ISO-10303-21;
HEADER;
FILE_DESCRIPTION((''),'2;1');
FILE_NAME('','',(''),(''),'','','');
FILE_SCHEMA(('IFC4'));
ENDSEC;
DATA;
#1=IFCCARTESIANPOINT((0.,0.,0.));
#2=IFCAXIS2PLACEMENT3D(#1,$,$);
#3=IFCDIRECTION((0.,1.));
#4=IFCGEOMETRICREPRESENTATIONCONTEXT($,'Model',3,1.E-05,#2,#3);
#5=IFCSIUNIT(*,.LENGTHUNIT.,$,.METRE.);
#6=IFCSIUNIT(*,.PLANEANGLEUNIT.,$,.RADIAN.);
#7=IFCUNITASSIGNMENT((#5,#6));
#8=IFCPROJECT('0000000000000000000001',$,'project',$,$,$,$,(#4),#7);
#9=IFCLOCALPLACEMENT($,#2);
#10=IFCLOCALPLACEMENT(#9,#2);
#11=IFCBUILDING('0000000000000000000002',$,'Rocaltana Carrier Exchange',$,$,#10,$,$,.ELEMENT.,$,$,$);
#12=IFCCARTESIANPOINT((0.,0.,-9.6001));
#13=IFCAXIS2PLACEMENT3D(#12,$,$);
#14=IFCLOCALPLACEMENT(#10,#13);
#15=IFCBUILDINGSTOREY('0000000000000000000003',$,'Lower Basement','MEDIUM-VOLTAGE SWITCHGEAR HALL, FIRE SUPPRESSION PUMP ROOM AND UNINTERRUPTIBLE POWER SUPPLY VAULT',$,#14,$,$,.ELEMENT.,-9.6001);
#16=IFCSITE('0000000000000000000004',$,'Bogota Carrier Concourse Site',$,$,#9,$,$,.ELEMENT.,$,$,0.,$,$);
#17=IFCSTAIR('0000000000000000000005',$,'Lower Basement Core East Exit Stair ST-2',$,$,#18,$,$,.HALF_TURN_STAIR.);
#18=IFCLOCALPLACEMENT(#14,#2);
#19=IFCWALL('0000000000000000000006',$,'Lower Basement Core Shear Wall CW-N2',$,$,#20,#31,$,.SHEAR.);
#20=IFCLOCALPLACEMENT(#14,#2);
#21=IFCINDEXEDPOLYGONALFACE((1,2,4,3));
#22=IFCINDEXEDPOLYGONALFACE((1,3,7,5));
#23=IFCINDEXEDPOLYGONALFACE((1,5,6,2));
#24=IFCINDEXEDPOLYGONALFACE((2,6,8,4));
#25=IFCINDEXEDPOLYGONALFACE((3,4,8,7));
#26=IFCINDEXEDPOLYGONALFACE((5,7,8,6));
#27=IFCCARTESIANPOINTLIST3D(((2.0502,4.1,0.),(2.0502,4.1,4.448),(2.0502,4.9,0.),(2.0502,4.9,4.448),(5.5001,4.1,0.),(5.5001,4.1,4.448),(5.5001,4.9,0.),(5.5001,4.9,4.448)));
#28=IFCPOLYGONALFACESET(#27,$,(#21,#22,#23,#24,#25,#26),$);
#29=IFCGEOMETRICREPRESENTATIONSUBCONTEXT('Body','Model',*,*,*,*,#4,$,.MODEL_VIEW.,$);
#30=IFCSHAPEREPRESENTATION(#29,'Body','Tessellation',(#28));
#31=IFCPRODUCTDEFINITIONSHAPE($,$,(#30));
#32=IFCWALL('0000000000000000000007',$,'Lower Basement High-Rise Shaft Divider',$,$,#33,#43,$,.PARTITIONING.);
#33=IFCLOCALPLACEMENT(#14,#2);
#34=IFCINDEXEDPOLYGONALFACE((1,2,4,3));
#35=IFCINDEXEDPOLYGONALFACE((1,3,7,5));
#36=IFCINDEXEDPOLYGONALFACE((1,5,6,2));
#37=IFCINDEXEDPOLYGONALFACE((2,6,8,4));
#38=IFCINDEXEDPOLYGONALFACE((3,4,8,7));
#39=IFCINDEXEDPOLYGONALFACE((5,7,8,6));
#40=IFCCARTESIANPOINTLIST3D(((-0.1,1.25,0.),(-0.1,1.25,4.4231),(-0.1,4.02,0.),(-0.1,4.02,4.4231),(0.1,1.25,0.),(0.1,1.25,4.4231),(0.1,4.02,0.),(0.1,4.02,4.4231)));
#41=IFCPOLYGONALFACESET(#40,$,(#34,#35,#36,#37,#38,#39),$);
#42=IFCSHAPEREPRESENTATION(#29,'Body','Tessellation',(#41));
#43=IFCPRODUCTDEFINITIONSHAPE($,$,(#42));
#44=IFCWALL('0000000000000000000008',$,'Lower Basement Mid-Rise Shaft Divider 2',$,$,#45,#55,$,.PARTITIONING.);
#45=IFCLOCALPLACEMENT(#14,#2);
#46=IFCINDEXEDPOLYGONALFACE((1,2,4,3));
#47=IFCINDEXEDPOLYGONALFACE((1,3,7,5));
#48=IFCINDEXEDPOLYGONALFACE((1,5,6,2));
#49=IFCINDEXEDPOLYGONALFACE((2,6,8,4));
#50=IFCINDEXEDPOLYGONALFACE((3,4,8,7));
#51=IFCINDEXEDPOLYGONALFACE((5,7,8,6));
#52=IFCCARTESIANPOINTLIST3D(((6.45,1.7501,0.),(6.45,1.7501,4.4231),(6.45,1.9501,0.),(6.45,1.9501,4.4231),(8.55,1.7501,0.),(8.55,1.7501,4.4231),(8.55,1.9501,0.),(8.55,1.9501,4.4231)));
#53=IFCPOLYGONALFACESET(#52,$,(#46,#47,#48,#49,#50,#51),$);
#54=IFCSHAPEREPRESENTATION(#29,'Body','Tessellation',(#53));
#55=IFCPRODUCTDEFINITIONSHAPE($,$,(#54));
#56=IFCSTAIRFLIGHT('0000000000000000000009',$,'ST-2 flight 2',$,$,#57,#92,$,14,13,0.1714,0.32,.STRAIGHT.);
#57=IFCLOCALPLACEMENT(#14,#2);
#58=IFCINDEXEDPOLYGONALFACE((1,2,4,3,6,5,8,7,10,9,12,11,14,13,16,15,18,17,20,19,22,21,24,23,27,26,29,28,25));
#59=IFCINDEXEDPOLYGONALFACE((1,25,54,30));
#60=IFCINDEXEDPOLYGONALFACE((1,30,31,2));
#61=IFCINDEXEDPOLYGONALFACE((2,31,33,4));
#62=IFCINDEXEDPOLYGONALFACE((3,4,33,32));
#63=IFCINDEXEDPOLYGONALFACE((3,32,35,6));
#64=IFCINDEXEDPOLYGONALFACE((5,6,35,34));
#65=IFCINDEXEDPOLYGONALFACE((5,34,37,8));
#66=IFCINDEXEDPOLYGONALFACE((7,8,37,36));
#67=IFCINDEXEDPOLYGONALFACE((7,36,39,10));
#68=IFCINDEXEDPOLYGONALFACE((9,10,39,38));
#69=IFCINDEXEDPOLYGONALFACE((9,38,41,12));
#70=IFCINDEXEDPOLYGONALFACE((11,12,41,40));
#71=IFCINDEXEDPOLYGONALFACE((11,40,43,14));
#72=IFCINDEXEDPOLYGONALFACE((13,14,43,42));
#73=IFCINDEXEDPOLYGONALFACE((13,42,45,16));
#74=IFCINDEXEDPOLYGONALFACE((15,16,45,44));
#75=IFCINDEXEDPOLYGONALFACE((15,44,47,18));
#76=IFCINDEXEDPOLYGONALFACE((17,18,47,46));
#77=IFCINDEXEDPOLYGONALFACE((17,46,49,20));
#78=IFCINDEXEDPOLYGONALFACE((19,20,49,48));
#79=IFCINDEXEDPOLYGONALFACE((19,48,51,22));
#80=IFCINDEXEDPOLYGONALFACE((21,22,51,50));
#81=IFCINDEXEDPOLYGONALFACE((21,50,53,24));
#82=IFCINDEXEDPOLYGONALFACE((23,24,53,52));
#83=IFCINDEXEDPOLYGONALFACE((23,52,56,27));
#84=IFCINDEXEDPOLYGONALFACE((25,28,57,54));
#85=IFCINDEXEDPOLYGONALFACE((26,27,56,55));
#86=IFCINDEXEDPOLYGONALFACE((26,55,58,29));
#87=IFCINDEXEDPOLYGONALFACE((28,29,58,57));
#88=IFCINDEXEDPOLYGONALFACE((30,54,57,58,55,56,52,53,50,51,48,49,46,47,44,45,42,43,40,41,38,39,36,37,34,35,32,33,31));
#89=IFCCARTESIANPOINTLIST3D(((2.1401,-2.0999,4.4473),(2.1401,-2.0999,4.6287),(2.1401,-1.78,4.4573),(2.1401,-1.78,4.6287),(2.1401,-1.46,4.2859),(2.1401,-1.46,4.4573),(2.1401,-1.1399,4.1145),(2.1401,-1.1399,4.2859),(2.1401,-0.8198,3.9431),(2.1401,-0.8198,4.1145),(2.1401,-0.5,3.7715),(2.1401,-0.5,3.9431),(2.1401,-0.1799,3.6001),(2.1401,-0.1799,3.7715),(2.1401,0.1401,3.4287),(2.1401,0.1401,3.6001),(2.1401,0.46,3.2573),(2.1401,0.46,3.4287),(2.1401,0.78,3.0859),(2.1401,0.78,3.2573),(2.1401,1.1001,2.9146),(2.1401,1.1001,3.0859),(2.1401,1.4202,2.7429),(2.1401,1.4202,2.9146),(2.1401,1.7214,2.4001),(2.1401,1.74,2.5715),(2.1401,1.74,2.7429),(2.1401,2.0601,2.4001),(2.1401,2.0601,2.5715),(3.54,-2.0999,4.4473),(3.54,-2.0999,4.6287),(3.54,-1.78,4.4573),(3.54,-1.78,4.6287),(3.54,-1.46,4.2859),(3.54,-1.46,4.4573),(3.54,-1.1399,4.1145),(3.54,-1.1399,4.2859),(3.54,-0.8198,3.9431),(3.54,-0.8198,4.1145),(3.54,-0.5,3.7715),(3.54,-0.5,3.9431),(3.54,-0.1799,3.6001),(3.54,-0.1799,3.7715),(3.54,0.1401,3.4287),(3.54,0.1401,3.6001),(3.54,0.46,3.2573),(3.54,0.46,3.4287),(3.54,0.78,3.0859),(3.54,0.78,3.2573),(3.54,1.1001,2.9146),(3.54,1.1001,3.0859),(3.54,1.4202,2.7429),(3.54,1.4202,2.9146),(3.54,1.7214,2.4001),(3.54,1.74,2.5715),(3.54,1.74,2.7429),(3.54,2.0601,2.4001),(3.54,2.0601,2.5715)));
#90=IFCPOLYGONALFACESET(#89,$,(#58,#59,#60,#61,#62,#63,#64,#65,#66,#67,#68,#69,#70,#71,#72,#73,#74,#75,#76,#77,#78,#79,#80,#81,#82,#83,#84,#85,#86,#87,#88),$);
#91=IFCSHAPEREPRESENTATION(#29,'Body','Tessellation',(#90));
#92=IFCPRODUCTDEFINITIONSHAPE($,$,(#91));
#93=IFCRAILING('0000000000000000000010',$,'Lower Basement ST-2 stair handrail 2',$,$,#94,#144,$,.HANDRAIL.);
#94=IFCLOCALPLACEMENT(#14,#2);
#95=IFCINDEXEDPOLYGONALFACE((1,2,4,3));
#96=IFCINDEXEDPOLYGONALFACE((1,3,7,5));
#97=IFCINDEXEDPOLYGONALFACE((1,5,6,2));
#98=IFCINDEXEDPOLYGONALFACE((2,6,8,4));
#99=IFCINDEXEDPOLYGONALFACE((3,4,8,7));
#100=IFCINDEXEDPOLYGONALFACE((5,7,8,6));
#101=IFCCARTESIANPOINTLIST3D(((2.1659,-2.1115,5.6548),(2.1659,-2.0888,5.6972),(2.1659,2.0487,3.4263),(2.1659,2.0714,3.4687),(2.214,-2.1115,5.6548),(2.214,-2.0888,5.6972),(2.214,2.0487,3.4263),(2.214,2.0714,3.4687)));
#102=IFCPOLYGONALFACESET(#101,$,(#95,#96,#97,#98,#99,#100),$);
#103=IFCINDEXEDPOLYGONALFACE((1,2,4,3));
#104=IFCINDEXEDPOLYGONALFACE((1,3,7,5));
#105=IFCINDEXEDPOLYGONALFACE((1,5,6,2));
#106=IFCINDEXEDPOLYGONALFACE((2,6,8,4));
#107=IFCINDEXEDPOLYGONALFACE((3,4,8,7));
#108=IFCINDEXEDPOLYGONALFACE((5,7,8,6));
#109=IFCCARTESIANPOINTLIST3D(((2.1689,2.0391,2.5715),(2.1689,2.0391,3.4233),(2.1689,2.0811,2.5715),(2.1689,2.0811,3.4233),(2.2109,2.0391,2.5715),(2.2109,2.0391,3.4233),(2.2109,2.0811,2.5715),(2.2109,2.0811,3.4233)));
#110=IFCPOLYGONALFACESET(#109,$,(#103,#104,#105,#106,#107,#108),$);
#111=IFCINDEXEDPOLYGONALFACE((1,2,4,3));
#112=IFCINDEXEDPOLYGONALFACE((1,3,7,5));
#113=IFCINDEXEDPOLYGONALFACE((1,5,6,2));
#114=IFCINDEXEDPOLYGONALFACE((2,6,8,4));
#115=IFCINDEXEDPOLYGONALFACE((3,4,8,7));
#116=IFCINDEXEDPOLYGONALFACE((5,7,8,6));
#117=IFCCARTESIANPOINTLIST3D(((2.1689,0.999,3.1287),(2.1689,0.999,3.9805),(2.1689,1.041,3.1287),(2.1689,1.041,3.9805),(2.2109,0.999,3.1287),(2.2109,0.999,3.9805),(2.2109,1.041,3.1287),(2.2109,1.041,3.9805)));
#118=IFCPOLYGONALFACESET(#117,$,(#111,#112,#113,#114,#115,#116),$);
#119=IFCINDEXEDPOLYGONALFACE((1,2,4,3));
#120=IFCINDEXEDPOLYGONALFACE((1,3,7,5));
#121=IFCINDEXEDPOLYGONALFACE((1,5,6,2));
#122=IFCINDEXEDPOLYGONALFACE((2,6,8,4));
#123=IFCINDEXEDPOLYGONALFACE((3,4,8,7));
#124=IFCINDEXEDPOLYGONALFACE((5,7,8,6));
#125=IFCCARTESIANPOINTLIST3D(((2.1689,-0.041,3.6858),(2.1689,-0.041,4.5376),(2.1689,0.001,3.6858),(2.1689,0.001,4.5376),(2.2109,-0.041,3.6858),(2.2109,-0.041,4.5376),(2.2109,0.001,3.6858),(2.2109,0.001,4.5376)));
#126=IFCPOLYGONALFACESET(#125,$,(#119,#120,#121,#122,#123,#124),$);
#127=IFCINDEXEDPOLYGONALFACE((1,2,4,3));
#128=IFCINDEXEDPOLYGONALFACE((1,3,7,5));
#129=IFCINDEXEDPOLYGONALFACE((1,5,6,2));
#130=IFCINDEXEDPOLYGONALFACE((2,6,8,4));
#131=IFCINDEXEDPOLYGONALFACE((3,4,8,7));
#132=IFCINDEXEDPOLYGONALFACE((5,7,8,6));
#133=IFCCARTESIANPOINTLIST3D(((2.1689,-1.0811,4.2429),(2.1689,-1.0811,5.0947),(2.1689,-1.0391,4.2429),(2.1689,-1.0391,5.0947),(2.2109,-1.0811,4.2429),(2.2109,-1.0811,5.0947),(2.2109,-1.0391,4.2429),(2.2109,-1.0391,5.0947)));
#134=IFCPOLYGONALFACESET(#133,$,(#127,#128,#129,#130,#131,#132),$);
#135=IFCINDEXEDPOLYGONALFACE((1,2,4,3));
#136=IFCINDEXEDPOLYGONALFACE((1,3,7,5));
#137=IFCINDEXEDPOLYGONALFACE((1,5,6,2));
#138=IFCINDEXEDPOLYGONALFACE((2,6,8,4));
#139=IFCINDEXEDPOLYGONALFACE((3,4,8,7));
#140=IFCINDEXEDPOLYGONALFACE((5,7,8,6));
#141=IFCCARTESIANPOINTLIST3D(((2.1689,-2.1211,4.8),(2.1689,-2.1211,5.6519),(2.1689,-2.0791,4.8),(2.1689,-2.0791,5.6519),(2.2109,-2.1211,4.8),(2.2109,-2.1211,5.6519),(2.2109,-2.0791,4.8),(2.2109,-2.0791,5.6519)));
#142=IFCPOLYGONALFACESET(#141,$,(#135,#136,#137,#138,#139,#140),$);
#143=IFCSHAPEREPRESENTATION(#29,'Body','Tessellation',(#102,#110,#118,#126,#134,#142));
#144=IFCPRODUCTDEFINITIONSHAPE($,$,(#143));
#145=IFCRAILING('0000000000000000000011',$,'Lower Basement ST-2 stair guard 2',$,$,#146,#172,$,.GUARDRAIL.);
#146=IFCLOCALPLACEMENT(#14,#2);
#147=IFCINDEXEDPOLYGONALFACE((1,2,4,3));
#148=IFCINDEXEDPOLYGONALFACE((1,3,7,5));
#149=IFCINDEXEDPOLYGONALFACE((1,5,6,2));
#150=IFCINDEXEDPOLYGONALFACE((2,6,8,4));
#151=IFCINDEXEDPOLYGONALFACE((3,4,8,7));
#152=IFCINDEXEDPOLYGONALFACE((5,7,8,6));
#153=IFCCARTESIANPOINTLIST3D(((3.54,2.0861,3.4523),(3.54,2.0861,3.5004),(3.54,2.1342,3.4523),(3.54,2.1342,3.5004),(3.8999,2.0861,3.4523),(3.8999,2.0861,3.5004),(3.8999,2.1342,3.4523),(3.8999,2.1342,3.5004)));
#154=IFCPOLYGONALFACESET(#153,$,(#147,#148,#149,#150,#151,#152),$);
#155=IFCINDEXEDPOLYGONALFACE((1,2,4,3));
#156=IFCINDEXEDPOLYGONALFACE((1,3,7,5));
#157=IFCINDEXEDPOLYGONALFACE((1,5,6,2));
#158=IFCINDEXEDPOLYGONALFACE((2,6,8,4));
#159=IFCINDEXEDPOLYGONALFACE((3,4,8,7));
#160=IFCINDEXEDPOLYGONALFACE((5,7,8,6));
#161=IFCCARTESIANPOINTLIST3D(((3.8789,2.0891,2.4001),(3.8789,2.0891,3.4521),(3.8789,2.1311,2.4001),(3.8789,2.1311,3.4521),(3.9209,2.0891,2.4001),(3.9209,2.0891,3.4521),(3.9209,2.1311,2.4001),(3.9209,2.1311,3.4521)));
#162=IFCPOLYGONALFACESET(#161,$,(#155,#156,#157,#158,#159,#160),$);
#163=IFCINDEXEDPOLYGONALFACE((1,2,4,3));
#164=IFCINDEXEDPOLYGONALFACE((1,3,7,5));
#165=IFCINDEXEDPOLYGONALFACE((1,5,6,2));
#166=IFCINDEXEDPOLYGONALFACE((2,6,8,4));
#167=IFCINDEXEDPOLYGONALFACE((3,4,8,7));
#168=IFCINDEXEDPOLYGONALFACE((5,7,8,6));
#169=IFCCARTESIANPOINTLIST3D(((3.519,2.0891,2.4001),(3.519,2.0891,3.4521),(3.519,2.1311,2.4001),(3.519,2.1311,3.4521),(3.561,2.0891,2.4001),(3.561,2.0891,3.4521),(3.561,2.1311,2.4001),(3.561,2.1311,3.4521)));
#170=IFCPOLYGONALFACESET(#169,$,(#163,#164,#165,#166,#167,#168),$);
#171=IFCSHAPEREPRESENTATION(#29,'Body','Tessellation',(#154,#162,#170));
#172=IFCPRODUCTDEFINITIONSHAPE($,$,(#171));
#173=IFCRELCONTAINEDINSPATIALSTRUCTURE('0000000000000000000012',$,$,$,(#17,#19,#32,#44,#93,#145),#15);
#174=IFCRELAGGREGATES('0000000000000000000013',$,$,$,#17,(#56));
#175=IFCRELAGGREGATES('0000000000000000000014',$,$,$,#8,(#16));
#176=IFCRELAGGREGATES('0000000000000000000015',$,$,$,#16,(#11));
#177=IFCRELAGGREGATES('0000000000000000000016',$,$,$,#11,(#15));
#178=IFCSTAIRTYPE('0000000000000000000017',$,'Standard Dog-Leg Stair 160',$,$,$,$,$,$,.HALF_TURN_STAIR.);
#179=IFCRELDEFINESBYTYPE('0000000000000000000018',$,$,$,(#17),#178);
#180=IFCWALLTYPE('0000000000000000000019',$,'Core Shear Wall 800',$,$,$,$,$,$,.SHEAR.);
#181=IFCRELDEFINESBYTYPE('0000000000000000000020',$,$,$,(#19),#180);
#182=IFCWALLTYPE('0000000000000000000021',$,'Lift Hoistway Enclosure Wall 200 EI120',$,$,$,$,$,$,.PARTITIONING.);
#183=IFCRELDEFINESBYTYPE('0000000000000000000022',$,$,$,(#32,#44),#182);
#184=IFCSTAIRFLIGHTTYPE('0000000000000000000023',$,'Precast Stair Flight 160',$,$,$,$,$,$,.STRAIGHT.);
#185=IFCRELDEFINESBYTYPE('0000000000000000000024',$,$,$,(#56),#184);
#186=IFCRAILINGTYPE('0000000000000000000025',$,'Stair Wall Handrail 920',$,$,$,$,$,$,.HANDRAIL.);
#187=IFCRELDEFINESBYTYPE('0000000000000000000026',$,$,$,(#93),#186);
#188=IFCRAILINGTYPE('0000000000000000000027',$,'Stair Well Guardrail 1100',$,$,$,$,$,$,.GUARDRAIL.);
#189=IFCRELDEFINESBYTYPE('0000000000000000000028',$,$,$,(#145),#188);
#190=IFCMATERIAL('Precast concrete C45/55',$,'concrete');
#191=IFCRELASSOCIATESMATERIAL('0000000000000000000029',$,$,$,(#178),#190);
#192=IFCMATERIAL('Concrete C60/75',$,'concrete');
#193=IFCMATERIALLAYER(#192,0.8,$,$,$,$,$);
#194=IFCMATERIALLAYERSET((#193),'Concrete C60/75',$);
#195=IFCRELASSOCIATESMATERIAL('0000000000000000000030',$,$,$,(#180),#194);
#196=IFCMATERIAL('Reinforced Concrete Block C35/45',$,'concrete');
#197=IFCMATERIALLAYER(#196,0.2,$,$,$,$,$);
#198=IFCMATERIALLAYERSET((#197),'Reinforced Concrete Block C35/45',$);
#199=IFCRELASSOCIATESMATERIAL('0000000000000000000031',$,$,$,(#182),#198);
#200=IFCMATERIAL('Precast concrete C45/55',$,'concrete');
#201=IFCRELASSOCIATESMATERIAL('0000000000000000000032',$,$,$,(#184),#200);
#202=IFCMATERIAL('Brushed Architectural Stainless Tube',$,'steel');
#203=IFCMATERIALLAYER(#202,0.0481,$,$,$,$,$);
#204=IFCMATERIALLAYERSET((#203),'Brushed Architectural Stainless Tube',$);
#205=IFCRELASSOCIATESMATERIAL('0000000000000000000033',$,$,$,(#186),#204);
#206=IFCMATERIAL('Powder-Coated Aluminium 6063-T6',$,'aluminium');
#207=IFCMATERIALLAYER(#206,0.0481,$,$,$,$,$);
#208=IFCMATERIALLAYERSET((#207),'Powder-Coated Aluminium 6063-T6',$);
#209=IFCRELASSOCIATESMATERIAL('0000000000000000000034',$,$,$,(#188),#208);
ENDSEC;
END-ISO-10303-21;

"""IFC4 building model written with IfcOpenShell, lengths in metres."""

from ifc_helpers import new_model, si_unit, direction, frame, frame_2d, origin, origin_2d, place, context, subcontext, project, spatial, polyline, rectangle, outline, extrude, material, layer, layer_set, type_object, element, aggregate, save


model = new_model("IFC4")

# Units and contexts
model_context = context("Model", 3, precision=1e-05, world=origin(), true_north=direction((0.0, 1.0)))
body_context = subcontext(model_context, "Body", "Model", "MODEL_VIEW")
ifc_project = project(units=[si_unit("LENGTHUNIT", "METRE"), si_unit("PLANEANGLEUNIT", "RADIAN")], contexts=[model_context])

# Site, building, storey
site_placement = place(None, origin())
site = spatial("IfcSite", under=ifc_project, at=site_placement, Name="Bogota Carrier Concourse Site", CompositionType="ELEMENT", RefElevation=0.0)
building_placement = place(site_placement, origin())
building = spatial("IfcBuilding", under=site, at=building_placement, Name="Rocaltana Carrier Exchange", CompositionType="ELEMENT")
storey_placement = place(building_placement, frame((0.0, 0.0, -9.6001)))
storey = spatial("IfcBuildingStorey", under=building, at=storey_placement, Name="Lower Basement", Description="MEDIUM-VOLTAGE SWITCHGEAR HALL, FIRE SUPPRESSION PUMP ROOM AND UNINTERRUPTIBLE POWER SUPPLY VAULT", CompositionType="ELEMENT", Elevation=-9.6001)

# Stair
ifc_material_1 = material(Name="Precast concrete C45/55", Category="concrete")
stair_type = type_object("IfcStairType", Name="Standard Dog-Leg Stair 160", PredefinedType="HALF_TURN_STAIR", material=ifc_material_1)
stair_1_placement = place(storey_placement, origin())
stair_1 = element("IfcStair", 1, at=stair_1_placement, inside=storey, type_object=stair_type, Name="Lower Basement Core East Exit Stair ST-2", PredefinedType="HALF_TURN_STAIR")

# Walls
ifc_material_2 = material(Name="Concrete C60/75", Category="concrete")
ifc_layer_1 = layer(ifc_material_2, 0.8)
ifc_layer_set_1 = layer_set([ifc_layer_1], Name="Concrete C60/75")
wall_type_1 = type_object("IfcWallType", Name="Core Shear Wall 800", PredefinedType="SHEAR", material=ifc_layer_set_1)
wall_1_placement = place(storey_placement, frame((2.05, 4.5, 0.0), z_axis=(0.0, 0.0, 1.0), x_axis=(1.0, 0.0, 0.0)))
element("IfcWall", 2, at=wall_1_placement, inside=storey, type_object=wall_type_1, Name="Lower Basement Core Shear Wall CW-N2", PredefinedType="SHEAR", context=body_context, shape_type="SweptSolid", body=[
    extrude(rectangle(XDim=3.45, YDim=0.8, at=frame_2d((1.7251, 0.0))), origin(), (0.0, 0.0, 1.0), 4.448),
])
ifc_material_3 = material(Name="Reinforced Concrete Block C35/45", Category="concrete")
ifc_layer_2 = layer(ifc_material_3, 0.2)
ifc_layer_set_2 = layer_set([ifc_layer_2], Name="Reinforced Concrete Block C35/45")
wall_type_2 = type_object("IfcWallType", Name="Lift Hoistway Enclosure Wall 200 EI120", PredefinedType="PARTITIONING", material=ifc_layer_set_2)
wall_2_placement = place(storey_placement, frame((0.0, 1.25, 0.0), z_axis=(0.0, 0.0, 1.0), x_axis=(0.0, 1.0, 0.0)))
element("IfcWall", 3, at=wall_2_placement, inside=storey, type_object=wall_type_2, Name="Lower Basement High-Rise Shaft Divider", PredefinedType="PARTITIONING", context=body_context, shape_type="SweptSolid", body=[
    extrude(rectangle(XDim=2.77, YDim=0.2, at=frame_2d((1.385, 0.0))), origin(), (0.0, 0.0, 1.0), 4.4231),
])
wall_3_placement = place(storey_placement, frame((6.45, 1.8501, 0.0), z_axis=(0.0, 0.0, 1.0), x_axis=(1.0, 0.0, 0.0)))
element("IfcWall", 4, at=wall_3_placement, inside=storey, type_object=wall_type_2, Name="Lower Basement Mid-Rise Shaft Divider 2", PredefinedType="PARTITIONING", context=body_context, shape_type="SweptSolid", body=[
    extrude(rectangle(XDim=2.1001, YDim=0.2, at=frame_2d((1.05, 0.0))), origin(), (0.0, 0.0, 1.0), 4.4231),
])

# Stair flight
ifc_material_4 = material(Name="Precast concrete C45/55", Category="concrete")
stair_flight_type = type_object("IfcStairFlightType", Name="Precast Stair Flight 160", PredefinedType="STRAIGHT", material=ifc_material_4)
stair_flight_placement = place(storey_placement, frame((2.8401, 2.0601, 2.4001), z_axis=(0.0, 0.0, 1.0), x_axis=(0.0, -1.0, 0.0)))
stair_flight = element("IfcStairFlight", 5, at=stair_flight_placement, type_object=stair_flight_type, Name="ST-2 flight 2", NumberOfRisers=14, NumberOfTreads=13, PredefinedType="STRAIGHT", RiserHeight=0.1714, TreadLength=0.32, context=body_context, shape_type="SweptSolid", body=[
    extrude(outline(polyline([(0.0, 0.0), (0.0, 0.1714), (0.3201, 0.1714), (0.3201, 0.3428), (0.6399, 0.3428), (0.6399, 0.5144), (0.96, 0.5144), (0.96, 0.6858), (1.28, 0.6858), (1.28, 0.8572), (1.6001, 0.8572), (1.6001, 1.0286), (1.9199, 1.0286), (1.9199, 1.2), (2.24, 1.2), (2.24, 1.3713), (2.5601, 1.3713), (2.5601, 1.543), (2.8799, 1.543), (2.8799, 1.7144), (3.2, 1.7144), (3.2, 1.8857), (3.52, 1.8857), (3.52, 2.0571), (3.8401, 2.0571), (3.8401, 2.2285), (4.1599, 2.2285), (4.1599, 2.3999), (4.1599, 2.0471), (0.3386, 0.0), (0.0, 0.0)])), frame((0.0, 0.7, 0.0), z_axis=(0.0, -1.0, 0.0), x_axis=(1.0, 0.0, 0.0)), (0.0, 0.0, 1.0), 1.3999),
])
aggregate(stair_1, [stair_flight])

# Railings
ifc_material_5 = material(Name="Brushed Architectural Stainless Tube", Category="steel")
ifc_layer_3 = layer(ifc_material_5, 0.0481)
ifc_layer_set_3 = layer_set([ifc_layer_3], Name="Brushed Architectural Stainless Tube")
railing_type_1 = type_object("IfcRailingType", Name="Stair Wall Handrail 920", PredefinedType="HANDRAIL", material=ifc_layer_set_3)
railing_1_placement = place(storey_placement, frame((2.1899, 2.0601, 2.5715)))
element("IfcRailing", 6, at=railing_1_placement, inside=storey, type_object=railing_type_1, Name="Lower Basement ST-2 stair handrail 2", PredefinedType="HANDRAIL", context=body_context, shape_type="SweptSolid", body=[
    extrude(rectangle(XDim=0.0481, YDim=0.0481, at=origin_2d()), frame((0.0, 0.0, 0.876), z_axis=(0.0, -0.881492, 0.472198), x_axis=(1.0, 0.0, 0.0)), (0.0, 0.0, 1.0), 4.7195),
    extrude(rectangle(XDim=0.042, YDim=0.042, at=origin_2d()), origin(), (0.0, 0.0, 1.0), 0.8518),
    extrude(rectangle(XDim=0.042, YDim=0.042, at=origin_2d()), frame((0.0, -1.04, 0.5571)), (0.0, 0.0, 1.0), 0.8518),
    extrude(rectangle(XDim=0.042, YDim=0.042, at=origin_2d()), frame((0.0, -2.0801, 1.1143)), (0.0, 0.0, 1.0), 0.8518),
    extrude(rectangle(XDim=0.042, YDim=0.042, at=origin_2d()), frame((0.0, -3.1201, 1.6714)), (0.0, 0.0, 1.0), 0.8518),
    extrude(rectangle(XDim=0.042, YDim=0.042, at=origin_2d()), frame((0.0, -4.1602, 2.2285)), (0.0, 0.0, 1.0), 0.8518),
])
ifc_material_6 = material(Name="Powder-Coated Aluminium 6063-T6", Category="aluminium")
ifc_layer_4 = layer(ifc_material_6, 0.0481)
ifc_layer_set_4 = layer_set([ifc_layer_4], Name="Powder-Coated Aluminium 6063-T6")
railing_type_2 = type_object("IfcRailingType", Name="Stair Well Guardrail 1100", PredefinedType="GUARDRAIL", material=ifc_layer_set_4)
railing_2_placement = place(storey_placement, frame((3.8999, 2.1101, 2.4001)))
element("IfcRailing", 7, at=railing_2_placement, inside=storey, type_object=railing_type_2, Name="Lower Basement ST-2 stair guard 2", PredefinedType="GUARDRAIL", context=body_context, shape_type="SweptSolid", body=[
    extrude(rectangle(XDim=0.0481, YDim=0.0481, at=origin_2d()), frame((0.0, 0.0, 1.0762), z_axis=(-1.0, 0.0, 0.0), x_axis=(0.0, -1.0, 0.0)), (0.0, 0.0, 1.0), 0.3599),
    extrude(rectangle(XDim=0.042, YDim=0.042, at=origin_2d()), origin(), (0.0, 0.0, 1.0), 1.052),
    extrude(rectangle(XDim=0.042, YDim=0.042, at=origin_2d()), frame((-0.3599, 0.0, 0.0)), (0.0, 0.0, 1.0), 1.052),
])

save(model, "model.ifc")
